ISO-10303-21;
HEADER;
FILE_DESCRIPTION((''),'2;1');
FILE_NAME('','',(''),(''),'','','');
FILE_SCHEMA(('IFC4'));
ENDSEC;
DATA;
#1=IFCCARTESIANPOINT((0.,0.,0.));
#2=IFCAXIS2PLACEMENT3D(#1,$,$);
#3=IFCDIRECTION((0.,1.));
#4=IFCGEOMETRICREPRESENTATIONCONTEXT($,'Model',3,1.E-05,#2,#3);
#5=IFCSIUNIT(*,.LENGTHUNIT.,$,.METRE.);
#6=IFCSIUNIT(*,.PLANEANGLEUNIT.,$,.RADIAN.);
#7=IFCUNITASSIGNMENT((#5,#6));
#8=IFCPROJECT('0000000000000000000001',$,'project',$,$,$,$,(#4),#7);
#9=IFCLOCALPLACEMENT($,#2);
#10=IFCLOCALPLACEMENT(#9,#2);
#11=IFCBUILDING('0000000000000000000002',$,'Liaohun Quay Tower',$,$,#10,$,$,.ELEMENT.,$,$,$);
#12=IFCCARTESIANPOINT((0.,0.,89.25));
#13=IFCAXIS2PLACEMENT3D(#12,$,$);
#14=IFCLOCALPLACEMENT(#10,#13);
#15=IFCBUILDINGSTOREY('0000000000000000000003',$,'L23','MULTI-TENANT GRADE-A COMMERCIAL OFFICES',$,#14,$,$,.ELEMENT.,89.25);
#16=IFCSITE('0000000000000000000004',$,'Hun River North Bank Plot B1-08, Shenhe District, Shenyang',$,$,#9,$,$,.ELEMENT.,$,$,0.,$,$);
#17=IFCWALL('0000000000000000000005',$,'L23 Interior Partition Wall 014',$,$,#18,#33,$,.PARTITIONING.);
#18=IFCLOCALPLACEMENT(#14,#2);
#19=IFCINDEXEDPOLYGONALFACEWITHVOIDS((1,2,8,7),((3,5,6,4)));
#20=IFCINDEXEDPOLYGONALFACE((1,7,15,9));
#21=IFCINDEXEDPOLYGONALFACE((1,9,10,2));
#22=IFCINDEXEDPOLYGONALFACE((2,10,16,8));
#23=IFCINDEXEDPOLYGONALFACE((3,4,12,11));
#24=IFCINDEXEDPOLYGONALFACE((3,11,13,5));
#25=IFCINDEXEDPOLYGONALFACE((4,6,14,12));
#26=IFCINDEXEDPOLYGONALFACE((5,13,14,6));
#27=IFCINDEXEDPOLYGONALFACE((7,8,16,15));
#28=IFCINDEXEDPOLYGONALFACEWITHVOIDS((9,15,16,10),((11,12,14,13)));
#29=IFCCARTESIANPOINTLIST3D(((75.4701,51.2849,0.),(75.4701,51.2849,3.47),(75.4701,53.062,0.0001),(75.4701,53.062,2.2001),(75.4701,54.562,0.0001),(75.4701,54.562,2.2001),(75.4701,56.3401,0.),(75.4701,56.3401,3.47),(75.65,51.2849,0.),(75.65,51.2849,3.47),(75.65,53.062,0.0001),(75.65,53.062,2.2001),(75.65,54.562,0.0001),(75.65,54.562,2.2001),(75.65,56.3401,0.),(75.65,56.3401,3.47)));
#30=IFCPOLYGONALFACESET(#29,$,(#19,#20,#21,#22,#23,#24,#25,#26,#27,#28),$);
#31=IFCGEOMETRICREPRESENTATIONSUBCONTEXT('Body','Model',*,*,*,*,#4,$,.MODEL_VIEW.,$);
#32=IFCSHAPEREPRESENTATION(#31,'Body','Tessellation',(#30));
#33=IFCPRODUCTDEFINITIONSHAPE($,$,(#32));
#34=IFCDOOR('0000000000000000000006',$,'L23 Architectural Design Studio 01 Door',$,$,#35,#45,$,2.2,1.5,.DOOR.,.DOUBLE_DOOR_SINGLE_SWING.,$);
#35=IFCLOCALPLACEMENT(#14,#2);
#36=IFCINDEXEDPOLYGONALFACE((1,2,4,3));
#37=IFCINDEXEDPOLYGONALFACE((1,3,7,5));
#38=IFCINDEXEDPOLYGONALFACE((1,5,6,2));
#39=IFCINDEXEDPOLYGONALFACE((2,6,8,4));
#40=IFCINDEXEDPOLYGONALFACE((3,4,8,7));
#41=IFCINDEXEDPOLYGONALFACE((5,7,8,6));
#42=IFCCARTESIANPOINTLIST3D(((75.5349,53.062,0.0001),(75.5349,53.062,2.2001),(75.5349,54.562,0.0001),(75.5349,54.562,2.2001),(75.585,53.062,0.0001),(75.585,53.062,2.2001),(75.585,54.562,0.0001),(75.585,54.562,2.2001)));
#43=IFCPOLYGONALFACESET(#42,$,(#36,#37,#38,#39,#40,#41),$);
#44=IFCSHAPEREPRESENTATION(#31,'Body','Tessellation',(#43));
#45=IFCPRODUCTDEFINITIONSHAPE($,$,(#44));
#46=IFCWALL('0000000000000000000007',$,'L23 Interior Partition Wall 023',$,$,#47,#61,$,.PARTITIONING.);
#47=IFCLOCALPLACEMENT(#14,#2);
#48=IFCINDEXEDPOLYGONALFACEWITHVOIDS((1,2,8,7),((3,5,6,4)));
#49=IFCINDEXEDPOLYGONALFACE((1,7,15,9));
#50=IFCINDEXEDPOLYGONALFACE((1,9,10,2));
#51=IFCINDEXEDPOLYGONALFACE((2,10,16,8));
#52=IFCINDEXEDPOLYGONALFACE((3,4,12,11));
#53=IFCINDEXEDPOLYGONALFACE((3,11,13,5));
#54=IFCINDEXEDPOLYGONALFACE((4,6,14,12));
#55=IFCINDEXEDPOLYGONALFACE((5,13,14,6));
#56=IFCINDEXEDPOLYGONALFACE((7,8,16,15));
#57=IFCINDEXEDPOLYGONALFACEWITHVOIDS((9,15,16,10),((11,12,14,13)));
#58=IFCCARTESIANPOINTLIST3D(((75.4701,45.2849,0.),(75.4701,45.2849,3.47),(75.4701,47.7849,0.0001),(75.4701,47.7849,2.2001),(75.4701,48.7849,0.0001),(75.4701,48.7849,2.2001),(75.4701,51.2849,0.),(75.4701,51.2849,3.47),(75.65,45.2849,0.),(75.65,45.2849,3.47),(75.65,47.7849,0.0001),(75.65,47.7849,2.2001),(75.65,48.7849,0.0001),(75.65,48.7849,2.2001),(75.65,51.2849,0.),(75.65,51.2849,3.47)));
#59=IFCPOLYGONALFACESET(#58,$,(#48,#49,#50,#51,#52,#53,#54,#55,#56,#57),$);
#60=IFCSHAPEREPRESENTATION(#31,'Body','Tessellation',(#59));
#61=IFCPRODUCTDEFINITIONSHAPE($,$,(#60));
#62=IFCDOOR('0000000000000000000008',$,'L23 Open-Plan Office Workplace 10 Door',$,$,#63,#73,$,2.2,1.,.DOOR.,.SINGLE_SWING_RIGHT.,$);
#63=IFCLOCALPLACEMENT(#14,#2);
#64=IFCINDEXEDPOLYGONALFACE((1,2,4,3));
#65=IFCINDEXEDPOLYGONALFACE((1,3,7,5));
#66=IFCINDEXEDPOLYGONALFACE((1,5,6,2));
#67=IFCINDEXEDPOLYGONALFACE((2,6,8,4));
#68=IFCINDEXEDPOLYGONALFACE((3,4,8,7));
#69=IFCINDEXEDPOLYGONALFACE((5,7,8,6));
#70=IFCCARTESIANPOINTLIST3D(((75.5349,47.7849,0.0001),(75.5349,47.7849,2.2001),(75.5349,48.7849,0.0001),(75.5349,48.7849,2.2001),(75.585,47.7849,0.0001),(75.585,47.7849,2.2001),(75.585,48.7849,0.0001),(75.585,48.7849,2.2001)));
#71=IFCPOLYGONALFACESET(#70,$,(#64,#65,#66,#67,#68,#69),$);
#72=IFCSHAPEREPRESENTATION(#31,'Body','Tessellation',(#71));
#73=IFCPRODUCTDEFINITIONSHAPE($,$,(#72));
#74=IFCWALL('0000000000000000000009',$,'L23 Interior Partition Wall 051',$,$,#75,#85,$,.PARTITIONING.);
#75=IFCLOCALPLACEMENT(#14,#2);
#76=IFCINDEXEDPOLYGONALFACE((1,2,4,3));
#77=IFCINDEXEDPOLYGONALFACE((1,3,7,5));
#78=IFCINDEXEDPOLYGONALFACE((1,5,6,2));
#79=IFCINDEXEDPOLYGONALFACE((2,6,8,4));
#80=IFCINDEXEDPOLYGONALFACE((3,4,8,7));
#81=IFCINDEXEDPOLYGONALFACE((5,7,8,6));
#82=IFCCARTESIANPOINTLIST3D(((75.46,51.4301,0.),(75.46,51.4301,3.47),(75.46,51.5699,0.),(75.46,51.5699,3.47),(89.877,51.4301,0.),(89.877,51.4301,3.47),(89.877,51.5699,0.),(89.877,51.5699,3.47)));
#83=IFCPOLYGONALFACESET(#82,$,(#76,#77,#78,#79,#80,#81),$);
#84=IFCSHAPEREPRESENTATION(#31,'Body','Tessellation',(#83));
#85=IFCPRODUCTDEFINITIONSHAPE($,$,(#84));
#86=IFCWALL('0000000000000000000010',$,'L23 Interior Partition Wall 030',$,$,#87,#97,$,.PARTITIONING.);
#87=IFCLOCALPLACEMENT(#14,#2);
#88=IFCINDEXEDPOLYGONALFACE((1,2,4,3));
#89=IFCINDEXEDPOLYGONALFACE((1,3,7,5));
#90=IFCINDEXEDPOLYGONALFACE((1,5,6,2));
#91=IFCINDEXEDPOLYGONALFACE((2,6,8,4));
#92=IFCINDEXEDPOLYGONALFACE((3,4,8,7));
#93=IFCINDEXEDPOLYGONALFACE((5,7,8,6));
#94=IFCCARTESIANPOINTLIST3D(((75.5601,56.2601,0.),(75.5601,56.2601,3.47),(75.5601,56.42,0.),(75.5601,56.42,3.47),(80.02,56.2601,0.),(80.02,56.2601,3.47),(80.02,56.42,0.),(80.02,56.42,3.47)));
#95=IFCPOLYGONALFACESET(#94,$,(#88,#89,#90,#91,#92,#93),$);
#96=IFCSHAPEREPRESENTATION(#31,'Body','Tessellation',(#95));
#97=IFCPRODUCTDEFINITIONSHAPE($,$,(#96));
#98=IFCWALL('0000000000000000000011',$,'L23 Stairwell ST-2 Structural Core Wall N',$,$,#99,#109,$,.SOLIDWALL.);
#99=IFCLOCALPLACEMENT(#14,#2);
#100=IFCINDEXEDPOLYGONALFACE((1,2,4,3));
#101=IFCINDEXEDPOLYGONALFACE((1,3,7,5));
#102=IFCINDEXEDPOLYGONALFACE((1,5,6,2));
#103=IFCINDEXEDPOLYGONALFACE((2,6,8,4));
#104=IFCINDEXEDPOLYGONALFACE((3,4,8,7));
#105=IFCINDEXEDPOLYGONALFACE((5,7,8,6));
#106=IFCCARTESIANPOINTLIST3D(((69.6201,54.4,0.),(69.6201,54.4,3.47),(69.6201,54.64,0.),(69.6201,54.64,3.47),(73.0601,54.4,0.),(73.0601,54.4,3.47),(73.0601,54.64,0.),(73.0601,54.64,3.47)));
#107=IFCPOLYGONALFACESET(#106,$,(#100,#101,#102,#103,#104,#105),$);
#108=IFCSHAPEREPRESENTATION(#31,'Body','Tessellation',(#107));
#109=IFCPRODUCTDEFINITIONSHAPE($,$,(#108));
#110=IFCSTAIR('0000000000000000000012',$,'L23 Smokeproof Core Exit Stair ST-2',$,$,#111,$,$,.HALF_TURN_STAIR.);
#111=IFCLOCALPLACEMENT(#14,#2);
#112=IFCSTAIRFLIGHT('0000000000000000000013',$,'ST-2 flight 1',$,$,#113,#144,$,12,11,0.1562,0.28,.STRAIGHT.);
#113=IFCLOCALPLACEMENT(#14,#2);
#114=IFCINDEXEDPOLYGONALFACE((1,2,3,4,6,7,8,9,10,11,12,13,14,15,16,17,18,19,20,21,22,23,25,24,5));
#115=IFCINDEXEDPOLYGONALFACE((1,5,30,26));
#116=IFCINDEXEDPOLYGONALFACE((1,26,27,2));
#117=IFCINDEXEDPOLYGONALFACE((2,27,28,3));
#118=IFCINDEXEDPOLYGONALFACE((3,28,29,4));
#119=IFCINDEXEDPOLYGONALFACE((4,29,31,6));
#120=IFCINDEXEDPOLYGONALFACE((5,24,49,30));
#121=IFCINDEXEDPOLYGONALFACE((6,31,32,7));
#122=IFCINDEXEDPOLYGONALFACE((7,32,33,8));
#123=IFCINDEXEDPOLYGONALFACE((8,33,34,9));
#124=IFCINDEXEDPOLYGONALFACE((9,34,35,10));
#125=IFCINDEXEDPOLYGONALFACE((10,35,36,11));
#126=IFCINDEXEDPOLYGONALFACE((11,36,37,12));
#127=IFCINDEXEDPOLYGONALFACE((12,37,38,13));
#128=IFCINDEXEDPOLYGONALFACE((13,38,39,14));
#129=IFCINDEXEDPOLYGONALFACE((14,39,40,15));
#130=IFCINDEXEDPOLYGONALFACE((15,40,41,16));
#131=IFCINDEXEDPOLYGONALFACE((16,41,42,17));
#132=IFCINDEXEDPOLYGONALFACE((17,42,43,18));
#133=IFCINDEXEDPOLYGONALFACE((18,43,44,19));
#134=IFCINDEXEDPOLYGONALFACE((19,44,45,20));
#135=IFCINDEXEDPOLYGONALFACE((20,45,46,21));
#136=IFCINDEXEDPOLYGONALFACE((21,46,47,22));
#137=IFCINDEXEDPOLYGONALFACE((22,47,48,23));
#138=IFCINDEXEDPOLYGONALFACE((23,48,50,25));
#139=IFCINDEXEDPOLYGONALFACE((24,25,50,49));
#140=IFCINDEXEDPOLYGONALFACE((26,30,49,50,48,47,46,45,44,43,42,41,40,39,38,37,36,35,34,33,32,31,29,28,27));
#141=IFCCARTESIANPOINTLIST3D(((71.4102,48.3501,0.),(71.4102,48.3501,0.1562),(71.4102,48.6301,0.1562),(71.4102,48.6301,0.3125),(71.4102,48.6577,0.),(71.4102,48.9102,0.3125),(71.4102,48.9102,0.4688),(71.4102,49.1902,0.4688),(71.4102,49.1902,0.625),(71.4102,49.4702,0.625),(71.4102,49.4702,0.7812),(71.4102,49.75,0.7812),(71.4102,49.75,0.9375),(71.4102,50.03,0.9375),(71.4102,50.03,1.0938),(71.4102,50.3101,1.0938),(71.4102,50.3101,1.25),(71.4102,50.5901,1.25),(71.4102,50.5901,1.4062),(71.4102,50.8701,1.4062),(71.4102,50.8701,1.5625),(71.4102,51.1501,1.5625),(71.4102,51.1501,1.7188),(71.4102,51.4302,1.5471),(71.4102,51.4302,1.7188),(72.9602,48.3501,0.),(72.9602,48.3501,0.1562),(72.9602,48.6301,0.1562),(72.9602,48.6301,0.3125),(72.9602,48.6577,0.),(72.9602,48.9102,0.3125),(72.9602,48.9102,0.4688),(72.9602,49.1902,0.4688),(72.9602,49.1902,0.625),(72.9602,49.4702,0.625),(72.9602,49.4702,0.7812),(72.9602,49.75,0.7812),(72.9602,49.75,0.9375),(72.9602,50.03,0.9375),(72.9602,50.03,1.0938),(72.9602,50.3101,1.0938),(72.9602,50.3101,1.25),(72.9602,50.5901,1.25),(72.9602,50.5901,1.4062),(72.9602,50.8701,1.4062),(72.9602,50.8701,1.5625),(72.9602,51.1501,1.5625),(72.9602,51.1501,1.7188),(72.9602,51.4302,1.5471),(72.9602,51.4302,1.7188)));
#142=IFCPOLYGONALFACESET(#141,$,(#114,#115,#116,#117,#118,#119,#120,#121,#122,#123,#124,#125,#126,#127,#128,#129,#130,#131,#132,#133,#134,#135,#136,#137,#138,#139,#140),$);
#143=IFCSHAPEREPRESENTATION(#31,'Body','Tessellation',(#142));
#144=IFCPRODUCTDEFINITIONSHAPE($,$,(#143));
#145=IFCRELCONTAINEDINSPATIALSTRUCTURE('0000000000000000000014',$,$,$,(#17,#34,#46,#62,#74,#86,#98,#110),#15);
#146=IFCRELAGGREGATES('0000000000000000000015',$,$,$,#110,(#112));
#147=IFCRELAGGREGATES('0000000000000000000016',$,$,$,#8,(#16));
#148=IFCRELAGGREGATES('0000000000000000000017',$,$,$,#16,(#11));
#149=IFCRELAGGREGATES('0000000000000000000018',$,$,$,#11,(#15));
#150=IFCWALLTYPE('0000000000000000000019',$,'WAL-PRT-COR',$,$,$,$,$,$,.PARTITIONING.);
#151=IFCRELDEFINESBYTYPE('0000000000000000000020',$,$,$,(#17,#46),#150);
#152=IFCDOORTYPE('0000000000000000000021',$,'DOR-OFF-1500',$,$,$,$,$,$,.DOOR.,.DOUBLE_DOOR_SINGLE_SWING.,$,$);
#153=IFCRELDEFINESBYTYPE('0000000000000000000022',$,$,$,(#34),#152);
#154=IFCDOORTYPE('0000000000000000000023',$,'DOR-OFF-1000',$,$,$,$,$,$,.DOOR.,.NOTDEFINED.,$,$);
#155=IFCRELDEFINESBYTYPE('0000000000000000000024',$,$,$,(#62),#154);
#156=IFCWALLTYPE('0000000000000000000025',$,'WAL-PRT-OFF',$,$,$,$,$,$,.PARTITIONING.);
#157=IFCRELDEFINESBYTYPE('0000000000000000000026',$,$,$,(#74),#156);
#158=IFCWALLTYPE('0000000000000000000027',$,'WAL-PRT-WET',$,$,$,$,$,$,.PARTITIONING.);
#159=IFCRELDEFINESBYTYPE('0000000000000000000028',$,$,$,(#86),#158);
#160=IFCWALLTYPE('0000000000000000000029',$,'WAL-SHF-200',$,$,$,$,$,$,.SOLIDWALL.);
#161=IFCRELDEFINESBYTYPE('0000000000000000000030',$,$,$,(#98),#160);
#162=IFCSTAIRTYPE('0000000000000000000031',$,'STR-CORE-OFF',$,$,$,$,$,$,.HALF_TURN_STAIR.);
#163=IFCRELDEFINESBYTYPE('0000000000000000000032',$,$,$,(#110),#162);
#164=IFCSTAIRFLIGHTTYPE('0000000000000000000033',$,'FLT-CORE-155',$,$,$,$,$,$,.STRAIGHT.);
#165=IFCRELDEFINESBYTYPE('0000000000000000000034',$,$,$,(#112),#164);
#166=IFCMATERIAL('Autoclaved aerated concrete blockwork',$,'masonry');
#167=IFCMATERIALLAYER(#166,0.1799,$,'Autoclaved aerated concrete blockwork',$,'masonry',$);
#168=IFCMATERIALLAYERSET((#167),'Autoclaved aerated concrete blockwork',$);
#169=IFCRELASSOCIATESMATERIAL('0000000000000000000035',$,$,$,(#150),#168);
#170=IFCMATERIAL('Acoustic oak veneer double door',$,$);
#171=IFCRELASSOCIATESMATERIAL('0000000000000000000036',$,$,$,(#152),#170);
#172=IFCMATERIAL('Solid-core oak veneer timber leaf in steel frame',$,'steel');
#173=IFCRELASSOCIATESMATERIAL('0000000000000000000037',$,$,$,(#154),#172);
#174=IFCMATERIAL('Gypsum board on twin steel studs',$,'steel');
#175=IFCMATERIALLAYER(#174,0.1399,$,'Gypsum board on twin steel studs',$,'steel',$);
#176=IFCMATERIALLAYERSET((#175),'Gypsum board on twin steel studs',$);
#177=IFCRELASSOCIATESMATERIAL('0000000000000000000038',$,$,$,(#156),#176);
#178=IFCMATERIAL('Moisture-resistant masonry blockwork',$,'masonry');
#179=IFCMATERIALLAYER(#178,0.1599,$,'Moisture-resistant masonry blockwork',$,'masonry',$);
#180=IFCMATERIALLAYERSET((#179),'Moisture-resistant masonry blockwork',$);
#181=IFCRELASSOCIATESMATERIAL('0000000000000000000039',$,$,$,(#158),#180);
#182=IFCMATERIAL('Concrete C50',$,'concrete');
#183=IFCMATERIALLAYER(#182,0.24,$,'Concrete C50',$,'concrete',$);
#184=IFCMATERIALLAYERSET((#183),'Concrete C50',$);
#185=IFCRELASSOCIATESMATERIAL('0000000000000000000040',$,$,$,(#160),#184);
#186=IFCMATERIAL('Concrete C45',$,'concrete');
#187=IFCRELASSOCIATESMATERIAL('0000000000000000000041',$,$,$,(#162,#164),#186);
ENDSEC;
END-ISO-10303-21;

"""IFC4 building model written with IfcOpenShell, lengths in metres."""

from ifc_helpers import new_model, si_unit, direction, frame, frame_2d, origin, place, context, subcontext, project, spatial, polyline, rectangle, outline, extrude, source, transform, mapped, material, layer, layer_set, type_object, element, fill, aggregate, save


model = new_model("IFC4")

# Units and contexts
model_context = context("Model", 3, precision=1e-05, world=origin(), true_north=direction((0.0, 1.0)))
body_context = subcontext(model_context, "Body", "Model", "MODEL_VIEW")
ifc_project = project(units=[si_unit("LENGTHUNIT", "METRE"), si_unit("PLANEANGLEUNIT", "RADIAN")], contexts=[model_context])

# Site, building, storey
site_placement = place(None, origin())
site = spatial("IfcSite", under=ifc_project, at=site_placement, Name="Hun River North Bank Plot B1-08, Shenhe District, Shenyang", CompositionType="ELEMENT", RefElevation=0.0)
building_placement = place(site_placement, origin())
building = spatial("IfcBuilding", under=site, at=building_placement, Name="Liaohun Quay Tower", CompositionType="ELEMENT")
storey_placement = place(building_placement, frame((0.0, 0.0, 89.25)))
storey = spatial("IfcBuildingStorey", under=building, at=storey_placement, Name="L23", Description="MULTI-TENANT GRADE-A COMMERCIAL OFFICES", CompositionType="ELEMENT", Elevation=89.25)

# Walls, openings, doors
ifc_material_1 = material(Name="Autoclaved aerated concrete blockwork", Category="masonry")
ifc_layer_1 = layer(ifc_material_1, 0.1799, Name="Autoclaved aerated concrete blockwork", Category="masonry")
ifc_layer_set_1 = layer_set([ifc_layer_1], Name="Autoclaved aerated concrete blockwork")
wall_type_1 = type_object("IfcWallType", Name="WAL-PRT-COR", PredefinedType="PARTITIONING", material=ifc_layer_set_1)
wall_1_placement = place(storey_placement, frame((75.5601, 56.3401, 0.0), z_axis=(0.0, 0.0, 1.0), x_axis=(0.0, -1.0, 0.0)))
wall_1 = element("IfcWall", 1, at=wall_1_placement, inside=storey, type_object=wall_type_1, Name="L23 Interior Partition Wall 014", PredefinedType="PARTITIONING", context=body_context, shape_type="SweptSolid", body=[
    extrude(rectangle(XDim=5.0552, YDim=0.1799, at=frame_2d((2.5276, 0.0))), origin(), (0.0, 0.0, 1.0), 3.47),
])
shared_shape_1 = source(origin(), body_context, "Body", "SweptSolid", [
    extrude(rectangle(XDim=1.5, YDim=2.2, at=frame_2d((0.75, 1.1001))), frame((0.0, 0.0999, 0.0), z_axis=(0.0, -1.0, 0.0), x_axis=(1.0, 0.0, 0.0)), (0.0, 0.0, 1.0), 0.2),
])
opening_1_placement = place(wall_1_placement, frame((1.7781, 0.0, 0.0)))
opening_1 = element("IfcOpeningElement", 2, at=opening_1_placement, cuts=wall_1, PredefinedType="OPENING", context=body_context, shape_type="MappedRepresentation", body=[
    mapped(shared_shape_1, transform((0.0, 0.0, 0.0), x_axis=(1.0, 0.0, 0.0), y_axis=(0.0, 1.0, 0.0), z_axis=(0.0, 0.0, 1.0), scale=1.0)),
])
ifc_material_2 = material(Name="Acoustic oak veneer double door")
door_type_1 = type_object("IfcDoorType", Name="DOR-OFF-1500", OperationType="DOUBLE_DOOR_SINGLE_SWING", PredefinedType="DOOR", material=ifc_material_2)
shared_shape_2 = source(origin(), body_context, "Body", "SweptSolid", [
    extrude(rectangle(XDim=1.5, YDim=2.2, at=frame_2d((0.75, 1.1001))), frame((0.0, 0.0249, 0.0), z_axis=(0.0, -1.0, 0.0), x_axis=(1.0, 0.0, 0.0)), (0.0, 0.0, 1.0), 0.05),
])
door_1_placement = place(opening_1_placement, origin())
door_1 = element("IfcDoor", 3, at=door_1_placement, inside=storey, type_object=door_type_1, Name="L23 Architectural Design Studio 01 Door", OperationType="DOUBLE_DOOR_SINGLE_SWING", OverallHeight=2.2, OverallWidth=1.5, PredefinedType="DOOR", context=body_context, shape_type="MappedRepresentation", body=[
    mapped(shared_shape_2, transform((0.0, 0.0, 0.0), x_axis=(1.0, 0.0, 0.0), y_axis=(0.0, 1.0, 0.0), z_axis=(0.0, 0.0, 1.0), scale=1.0)),
])
fill(opening_1, door_1)
wall_2_placement = place(storey_placement, frame((75.5601, 51.2849, 0.0), z_axis=(0.0, 0.0, 1.0), x_axis=(0.0, -1.0, 0.0)))
wall_2 = element("IfcWall", 4, at=wall_2_placement, inside=storey, type_object=wall_type_1, Name="L23 Interior Partition Wall 023", PredefinedType="PARTITIONING", context=body_context, shape_type="SweptSolid", body=[
    extrude(rectangle(XDim=6.0, YDim=0.1799, at=frame_2d((3.0, 0.0))), origin(), (0.0, 0.0, 1.0), 3.47),
])
shared_shape_3 = source(origin(), body_context, "Body", "SweptSolid", [
    extrude(rectangle(XDim=1.0, YDim=2.2, at=frame_2d((0.5, 1.1001))), frame((0.0, 0.0999, 0.0), z_axis=(0.0, -1.0, 0.0), x_axis=(1.0, 0.0, 0.0)), (0.0, 0.0, 1.0), 0.2),
])
opening_2_placement = place(wall_2_placement, frame((2.5, 0.0, 0.0)))
opening_2 = element("IfcOpeningElement", 5, at=opening_2_placement, cuts=wall_2, PredefinedType="OPENING", context=body_context, shape_type="MappedRepresentation", body=[
    mapped(shared_shape_3, transform((0.0, 0.0, 0.0), x_axis=(1.0, 0.0, 0.0), y_axis=(0.0, 1.0, 0.0), z_axis=(0.0, 0.0, 1.0), scale=1.0)),
])
ifc_material_3 = material(Name="Solid-core oak veneer timber leaf in steel frame", Category="steel")
door_type_2 = type_object("IfcDoorType", Name="DOR-OFF-1000", OperationType="NOTDEFINED", PredefinedType="DOOR", material=ifc_material_3)
shared_shape_4 = source(origin(), body_context, "Body", "SweptSolid", [
    extrude(rectangle(XDim=1.0, YDim=2.2, at=frame_2d((0.5, 1.1001))), frame((0.0, 0.0249, 0.0), z_axis=(0.0, -1.0, 0.0), x_axis=(1.0, 0.0, 0.0)), (0.0, 0.0, 1.0), 0.05),
])
door_2_placement = place(opening_2_placement, origin())
door_2 = element("IfcDoor", 6, at=door_2_placement, inside=storey, type_object=door_type_2, Name="L23 Open-Plan Office Workplace 10 Door", OperationType="SINGLE_SWING_RIGHT", OverallHeight=2.2, OverallWidth=1.0, PredefinedType="DOOR", context=body_context, shape_type="MappedRepresentation", body=[
    mapped(shared_shape_4, transform((0.0, 0.0, 0.0), x_axis=(1.0, 0.0, 0.0), y_axis=(0.0, 1.0, 0.0), z_axis=(0.0, 0.0, 1.0), scale=1.0)),
])
fill(opening_2, door_2)

# Wall
ifc_material_4 = material(Name="Gypsum board on twin steel studs", Category="steel")
ifc_layer_2 = layer(ifc_material_4, 0.1399, Name="Gypsum board on twin steel studs", Category="steel")
ifc_layer_set_2 = layer_set([ifc_layer_2], Name="Gypsum board on twin steel studs")
wall_type_2 = type_object("IfcWallType", Name="WAL-PRT-OFF", PredefinedType="PARTITIONING", material=ifc_layer_set_2)
wall_3_placement = place(storey_placement, frame((75.46, 51.5, 0.0), z_axis=(0.0, 0.0, 1.0), x_axis=(1.0, 0.0, 0.0)))
element("IfcWall", 7, at=wall_3_placement, inside=storey, type_object=wall_type_2, Name="L23 Interior Partition Wall 051", PredefinedType="PARTITIONING", context=body_context, shape_type="SweptSolid", body=[
    extrude(rectangle(XDim=14.417, YDim=0.1399, at=frame_2d((7.2085, 0.0))), origin(), (0.0, 0.0, 1.0), 3.47),
])

# Shared definitions
ifc_material_5 = material(Name="Moisture-resistant masonry blockwork", Category="masonry")
ifc_layer_3 = layer(ifc_material_5, 0.1599, Name="Moisture-resistant masonry blockwork", Category="masonry")
ifc_layer_set_3 = layer_set([ifc_layer_3], Name="Moisture-resistant masonry blockwork")
wall_type_3 = type_object("IfcWallType", Name="WAL-PRT-WET", PredefinedType="PARTITIONING", material=ifc_layer_set_3)

# Walls
wall_4_placement = place(storey_placement, frame((75.5601, 56.3401, 0.0), z_axis=(0.0, 0.0, 1.0), x_axis=(1.0, 0.0, 0.0)))
element("IfcWall", 8, at=wall_4_placement, inside=storey, type_object=wall_type_3, Name="L23 Interior Partition Wall 030", PredefinedType="PARTITIONING", context=body_context, shape_type="SweptSolid", body=[
    extrude(rectangle(XDim=4.46, YDim=0.1599, at=frame_2d((2.23, 0.0))), origin(), (0.0, 0.0, 1.0), 3.47),
])
ifc_material_6 = material(Name="Concrete C50", Category="concrete")
ifc_layer_4 = layer(ifc_material_6, 0.24, Name="Concrete C50", Category="concrete")
ifc_layer_set_4 = layer_set([ifc_layer_4], Name="Concrete C50")
wall_type_4 = type_object("IfcWallType", Name="WAL-SHF-200", PredefinedType="SOLIDWALL", material=ifc_layer_set_4)
wall_5_placement = place(storey_placement, frame((73.0601, 54.52, 0.0), z_axis=(0.0, 0.0, 1.0), x_axis=(-1.0, 0.0, 0.0)))
element("IfcWall", 9, at=wall_5_placement, inside=storey, type_object=wall_type_4, Name="L23 Stairwell ST-2 Structural Core Wall N", PredefinedType="SOLIDWALL", context=body_context, shape_type="SweptSolid", body=[
    extrude(rectangle(XDim=3.4399, YDim=0.24, at=frame_2d((1.72, 0.0))), origin(), (0.0, 0.0, 1.0), 3.47),
])

# Stair, stair flight
ifc_material_7 = material(Name="Concrete C45", Category="concrete")
stair_type = type_object("IfcStairType", Name="STR-CORE-OFF", PredefinedType="HALF_TURN_STAIR", material=ifc_material_7)
stair_placement = place(storey_placement, origin())
stair = element("IfcStair", 10, at=stair_placement, inside=storey, type_object=stair_type, Name="L23 Smokeproof Core Exit Stair ST-2", PredefinedType="HALF_TURN_STAIR")
stair_flight_type = type_object("IfcStairFlightType", Name="FLT-CORE-155", PredefinedType="STRAIGHT", material=ifc_material_7)
stair_flight_1_placement = place(storey_placement, frame((72.1851, 48.3501, 0.0), z_axis=(0.0, 0.0, 1.0), x_axis=(0.0, 1.0, 0.0)))
stair_flight_1 = element("IfcStairFlight", 11, at=stair_flight_1_placement, type_object=stair_flight_type, Name="ST-2 flight 1", NumberOfRisers=12, NumberOfTreads=11, PredefinedType="STRAIGHT", RiserHeight=0.1562, TreadLength=0.28, context=body_context, shape_type="SweptSolid", body=[
    extrude(outline(polyline([(0.0, 0.0), (0.0, 0.1562), (0.28, 0.1562), (0.28, 0.3125), (0.5601, 0.3125), (0.5601, 0.4688), (0.8401, 0.4688), (0.8401, 0.625), (1.1201, 0.625), (1.1201, 0.7812), (1.3999, 0.7812), (1.3999, 0.9375), (1.6799, 0.9375), (1.6799, 1.0938), (1.96, 1.0938), (1.96, 1.25), (2.24, 1.25), (2.24, 1.4062), (2.52, 1.4062), (2.52, 1.5625), (2.8, 1.5625), (2.8, 1.7188), (3.0801, 1.7188), (3.0801, 1.875), (3.0801, 1.5471), (0.3076, 0.0), (0.0, 0.0)])), frame((0.0, 0.7749, 0.0), z_axis=(0.0, -1.0, 0.0), x_axis=(1.0, 0.0, 0.0)), (0.0, 0.0, 1.0), 1.55),
])
aggregate(stair, [stair_flight_1])

save(model, "model.ifc")
